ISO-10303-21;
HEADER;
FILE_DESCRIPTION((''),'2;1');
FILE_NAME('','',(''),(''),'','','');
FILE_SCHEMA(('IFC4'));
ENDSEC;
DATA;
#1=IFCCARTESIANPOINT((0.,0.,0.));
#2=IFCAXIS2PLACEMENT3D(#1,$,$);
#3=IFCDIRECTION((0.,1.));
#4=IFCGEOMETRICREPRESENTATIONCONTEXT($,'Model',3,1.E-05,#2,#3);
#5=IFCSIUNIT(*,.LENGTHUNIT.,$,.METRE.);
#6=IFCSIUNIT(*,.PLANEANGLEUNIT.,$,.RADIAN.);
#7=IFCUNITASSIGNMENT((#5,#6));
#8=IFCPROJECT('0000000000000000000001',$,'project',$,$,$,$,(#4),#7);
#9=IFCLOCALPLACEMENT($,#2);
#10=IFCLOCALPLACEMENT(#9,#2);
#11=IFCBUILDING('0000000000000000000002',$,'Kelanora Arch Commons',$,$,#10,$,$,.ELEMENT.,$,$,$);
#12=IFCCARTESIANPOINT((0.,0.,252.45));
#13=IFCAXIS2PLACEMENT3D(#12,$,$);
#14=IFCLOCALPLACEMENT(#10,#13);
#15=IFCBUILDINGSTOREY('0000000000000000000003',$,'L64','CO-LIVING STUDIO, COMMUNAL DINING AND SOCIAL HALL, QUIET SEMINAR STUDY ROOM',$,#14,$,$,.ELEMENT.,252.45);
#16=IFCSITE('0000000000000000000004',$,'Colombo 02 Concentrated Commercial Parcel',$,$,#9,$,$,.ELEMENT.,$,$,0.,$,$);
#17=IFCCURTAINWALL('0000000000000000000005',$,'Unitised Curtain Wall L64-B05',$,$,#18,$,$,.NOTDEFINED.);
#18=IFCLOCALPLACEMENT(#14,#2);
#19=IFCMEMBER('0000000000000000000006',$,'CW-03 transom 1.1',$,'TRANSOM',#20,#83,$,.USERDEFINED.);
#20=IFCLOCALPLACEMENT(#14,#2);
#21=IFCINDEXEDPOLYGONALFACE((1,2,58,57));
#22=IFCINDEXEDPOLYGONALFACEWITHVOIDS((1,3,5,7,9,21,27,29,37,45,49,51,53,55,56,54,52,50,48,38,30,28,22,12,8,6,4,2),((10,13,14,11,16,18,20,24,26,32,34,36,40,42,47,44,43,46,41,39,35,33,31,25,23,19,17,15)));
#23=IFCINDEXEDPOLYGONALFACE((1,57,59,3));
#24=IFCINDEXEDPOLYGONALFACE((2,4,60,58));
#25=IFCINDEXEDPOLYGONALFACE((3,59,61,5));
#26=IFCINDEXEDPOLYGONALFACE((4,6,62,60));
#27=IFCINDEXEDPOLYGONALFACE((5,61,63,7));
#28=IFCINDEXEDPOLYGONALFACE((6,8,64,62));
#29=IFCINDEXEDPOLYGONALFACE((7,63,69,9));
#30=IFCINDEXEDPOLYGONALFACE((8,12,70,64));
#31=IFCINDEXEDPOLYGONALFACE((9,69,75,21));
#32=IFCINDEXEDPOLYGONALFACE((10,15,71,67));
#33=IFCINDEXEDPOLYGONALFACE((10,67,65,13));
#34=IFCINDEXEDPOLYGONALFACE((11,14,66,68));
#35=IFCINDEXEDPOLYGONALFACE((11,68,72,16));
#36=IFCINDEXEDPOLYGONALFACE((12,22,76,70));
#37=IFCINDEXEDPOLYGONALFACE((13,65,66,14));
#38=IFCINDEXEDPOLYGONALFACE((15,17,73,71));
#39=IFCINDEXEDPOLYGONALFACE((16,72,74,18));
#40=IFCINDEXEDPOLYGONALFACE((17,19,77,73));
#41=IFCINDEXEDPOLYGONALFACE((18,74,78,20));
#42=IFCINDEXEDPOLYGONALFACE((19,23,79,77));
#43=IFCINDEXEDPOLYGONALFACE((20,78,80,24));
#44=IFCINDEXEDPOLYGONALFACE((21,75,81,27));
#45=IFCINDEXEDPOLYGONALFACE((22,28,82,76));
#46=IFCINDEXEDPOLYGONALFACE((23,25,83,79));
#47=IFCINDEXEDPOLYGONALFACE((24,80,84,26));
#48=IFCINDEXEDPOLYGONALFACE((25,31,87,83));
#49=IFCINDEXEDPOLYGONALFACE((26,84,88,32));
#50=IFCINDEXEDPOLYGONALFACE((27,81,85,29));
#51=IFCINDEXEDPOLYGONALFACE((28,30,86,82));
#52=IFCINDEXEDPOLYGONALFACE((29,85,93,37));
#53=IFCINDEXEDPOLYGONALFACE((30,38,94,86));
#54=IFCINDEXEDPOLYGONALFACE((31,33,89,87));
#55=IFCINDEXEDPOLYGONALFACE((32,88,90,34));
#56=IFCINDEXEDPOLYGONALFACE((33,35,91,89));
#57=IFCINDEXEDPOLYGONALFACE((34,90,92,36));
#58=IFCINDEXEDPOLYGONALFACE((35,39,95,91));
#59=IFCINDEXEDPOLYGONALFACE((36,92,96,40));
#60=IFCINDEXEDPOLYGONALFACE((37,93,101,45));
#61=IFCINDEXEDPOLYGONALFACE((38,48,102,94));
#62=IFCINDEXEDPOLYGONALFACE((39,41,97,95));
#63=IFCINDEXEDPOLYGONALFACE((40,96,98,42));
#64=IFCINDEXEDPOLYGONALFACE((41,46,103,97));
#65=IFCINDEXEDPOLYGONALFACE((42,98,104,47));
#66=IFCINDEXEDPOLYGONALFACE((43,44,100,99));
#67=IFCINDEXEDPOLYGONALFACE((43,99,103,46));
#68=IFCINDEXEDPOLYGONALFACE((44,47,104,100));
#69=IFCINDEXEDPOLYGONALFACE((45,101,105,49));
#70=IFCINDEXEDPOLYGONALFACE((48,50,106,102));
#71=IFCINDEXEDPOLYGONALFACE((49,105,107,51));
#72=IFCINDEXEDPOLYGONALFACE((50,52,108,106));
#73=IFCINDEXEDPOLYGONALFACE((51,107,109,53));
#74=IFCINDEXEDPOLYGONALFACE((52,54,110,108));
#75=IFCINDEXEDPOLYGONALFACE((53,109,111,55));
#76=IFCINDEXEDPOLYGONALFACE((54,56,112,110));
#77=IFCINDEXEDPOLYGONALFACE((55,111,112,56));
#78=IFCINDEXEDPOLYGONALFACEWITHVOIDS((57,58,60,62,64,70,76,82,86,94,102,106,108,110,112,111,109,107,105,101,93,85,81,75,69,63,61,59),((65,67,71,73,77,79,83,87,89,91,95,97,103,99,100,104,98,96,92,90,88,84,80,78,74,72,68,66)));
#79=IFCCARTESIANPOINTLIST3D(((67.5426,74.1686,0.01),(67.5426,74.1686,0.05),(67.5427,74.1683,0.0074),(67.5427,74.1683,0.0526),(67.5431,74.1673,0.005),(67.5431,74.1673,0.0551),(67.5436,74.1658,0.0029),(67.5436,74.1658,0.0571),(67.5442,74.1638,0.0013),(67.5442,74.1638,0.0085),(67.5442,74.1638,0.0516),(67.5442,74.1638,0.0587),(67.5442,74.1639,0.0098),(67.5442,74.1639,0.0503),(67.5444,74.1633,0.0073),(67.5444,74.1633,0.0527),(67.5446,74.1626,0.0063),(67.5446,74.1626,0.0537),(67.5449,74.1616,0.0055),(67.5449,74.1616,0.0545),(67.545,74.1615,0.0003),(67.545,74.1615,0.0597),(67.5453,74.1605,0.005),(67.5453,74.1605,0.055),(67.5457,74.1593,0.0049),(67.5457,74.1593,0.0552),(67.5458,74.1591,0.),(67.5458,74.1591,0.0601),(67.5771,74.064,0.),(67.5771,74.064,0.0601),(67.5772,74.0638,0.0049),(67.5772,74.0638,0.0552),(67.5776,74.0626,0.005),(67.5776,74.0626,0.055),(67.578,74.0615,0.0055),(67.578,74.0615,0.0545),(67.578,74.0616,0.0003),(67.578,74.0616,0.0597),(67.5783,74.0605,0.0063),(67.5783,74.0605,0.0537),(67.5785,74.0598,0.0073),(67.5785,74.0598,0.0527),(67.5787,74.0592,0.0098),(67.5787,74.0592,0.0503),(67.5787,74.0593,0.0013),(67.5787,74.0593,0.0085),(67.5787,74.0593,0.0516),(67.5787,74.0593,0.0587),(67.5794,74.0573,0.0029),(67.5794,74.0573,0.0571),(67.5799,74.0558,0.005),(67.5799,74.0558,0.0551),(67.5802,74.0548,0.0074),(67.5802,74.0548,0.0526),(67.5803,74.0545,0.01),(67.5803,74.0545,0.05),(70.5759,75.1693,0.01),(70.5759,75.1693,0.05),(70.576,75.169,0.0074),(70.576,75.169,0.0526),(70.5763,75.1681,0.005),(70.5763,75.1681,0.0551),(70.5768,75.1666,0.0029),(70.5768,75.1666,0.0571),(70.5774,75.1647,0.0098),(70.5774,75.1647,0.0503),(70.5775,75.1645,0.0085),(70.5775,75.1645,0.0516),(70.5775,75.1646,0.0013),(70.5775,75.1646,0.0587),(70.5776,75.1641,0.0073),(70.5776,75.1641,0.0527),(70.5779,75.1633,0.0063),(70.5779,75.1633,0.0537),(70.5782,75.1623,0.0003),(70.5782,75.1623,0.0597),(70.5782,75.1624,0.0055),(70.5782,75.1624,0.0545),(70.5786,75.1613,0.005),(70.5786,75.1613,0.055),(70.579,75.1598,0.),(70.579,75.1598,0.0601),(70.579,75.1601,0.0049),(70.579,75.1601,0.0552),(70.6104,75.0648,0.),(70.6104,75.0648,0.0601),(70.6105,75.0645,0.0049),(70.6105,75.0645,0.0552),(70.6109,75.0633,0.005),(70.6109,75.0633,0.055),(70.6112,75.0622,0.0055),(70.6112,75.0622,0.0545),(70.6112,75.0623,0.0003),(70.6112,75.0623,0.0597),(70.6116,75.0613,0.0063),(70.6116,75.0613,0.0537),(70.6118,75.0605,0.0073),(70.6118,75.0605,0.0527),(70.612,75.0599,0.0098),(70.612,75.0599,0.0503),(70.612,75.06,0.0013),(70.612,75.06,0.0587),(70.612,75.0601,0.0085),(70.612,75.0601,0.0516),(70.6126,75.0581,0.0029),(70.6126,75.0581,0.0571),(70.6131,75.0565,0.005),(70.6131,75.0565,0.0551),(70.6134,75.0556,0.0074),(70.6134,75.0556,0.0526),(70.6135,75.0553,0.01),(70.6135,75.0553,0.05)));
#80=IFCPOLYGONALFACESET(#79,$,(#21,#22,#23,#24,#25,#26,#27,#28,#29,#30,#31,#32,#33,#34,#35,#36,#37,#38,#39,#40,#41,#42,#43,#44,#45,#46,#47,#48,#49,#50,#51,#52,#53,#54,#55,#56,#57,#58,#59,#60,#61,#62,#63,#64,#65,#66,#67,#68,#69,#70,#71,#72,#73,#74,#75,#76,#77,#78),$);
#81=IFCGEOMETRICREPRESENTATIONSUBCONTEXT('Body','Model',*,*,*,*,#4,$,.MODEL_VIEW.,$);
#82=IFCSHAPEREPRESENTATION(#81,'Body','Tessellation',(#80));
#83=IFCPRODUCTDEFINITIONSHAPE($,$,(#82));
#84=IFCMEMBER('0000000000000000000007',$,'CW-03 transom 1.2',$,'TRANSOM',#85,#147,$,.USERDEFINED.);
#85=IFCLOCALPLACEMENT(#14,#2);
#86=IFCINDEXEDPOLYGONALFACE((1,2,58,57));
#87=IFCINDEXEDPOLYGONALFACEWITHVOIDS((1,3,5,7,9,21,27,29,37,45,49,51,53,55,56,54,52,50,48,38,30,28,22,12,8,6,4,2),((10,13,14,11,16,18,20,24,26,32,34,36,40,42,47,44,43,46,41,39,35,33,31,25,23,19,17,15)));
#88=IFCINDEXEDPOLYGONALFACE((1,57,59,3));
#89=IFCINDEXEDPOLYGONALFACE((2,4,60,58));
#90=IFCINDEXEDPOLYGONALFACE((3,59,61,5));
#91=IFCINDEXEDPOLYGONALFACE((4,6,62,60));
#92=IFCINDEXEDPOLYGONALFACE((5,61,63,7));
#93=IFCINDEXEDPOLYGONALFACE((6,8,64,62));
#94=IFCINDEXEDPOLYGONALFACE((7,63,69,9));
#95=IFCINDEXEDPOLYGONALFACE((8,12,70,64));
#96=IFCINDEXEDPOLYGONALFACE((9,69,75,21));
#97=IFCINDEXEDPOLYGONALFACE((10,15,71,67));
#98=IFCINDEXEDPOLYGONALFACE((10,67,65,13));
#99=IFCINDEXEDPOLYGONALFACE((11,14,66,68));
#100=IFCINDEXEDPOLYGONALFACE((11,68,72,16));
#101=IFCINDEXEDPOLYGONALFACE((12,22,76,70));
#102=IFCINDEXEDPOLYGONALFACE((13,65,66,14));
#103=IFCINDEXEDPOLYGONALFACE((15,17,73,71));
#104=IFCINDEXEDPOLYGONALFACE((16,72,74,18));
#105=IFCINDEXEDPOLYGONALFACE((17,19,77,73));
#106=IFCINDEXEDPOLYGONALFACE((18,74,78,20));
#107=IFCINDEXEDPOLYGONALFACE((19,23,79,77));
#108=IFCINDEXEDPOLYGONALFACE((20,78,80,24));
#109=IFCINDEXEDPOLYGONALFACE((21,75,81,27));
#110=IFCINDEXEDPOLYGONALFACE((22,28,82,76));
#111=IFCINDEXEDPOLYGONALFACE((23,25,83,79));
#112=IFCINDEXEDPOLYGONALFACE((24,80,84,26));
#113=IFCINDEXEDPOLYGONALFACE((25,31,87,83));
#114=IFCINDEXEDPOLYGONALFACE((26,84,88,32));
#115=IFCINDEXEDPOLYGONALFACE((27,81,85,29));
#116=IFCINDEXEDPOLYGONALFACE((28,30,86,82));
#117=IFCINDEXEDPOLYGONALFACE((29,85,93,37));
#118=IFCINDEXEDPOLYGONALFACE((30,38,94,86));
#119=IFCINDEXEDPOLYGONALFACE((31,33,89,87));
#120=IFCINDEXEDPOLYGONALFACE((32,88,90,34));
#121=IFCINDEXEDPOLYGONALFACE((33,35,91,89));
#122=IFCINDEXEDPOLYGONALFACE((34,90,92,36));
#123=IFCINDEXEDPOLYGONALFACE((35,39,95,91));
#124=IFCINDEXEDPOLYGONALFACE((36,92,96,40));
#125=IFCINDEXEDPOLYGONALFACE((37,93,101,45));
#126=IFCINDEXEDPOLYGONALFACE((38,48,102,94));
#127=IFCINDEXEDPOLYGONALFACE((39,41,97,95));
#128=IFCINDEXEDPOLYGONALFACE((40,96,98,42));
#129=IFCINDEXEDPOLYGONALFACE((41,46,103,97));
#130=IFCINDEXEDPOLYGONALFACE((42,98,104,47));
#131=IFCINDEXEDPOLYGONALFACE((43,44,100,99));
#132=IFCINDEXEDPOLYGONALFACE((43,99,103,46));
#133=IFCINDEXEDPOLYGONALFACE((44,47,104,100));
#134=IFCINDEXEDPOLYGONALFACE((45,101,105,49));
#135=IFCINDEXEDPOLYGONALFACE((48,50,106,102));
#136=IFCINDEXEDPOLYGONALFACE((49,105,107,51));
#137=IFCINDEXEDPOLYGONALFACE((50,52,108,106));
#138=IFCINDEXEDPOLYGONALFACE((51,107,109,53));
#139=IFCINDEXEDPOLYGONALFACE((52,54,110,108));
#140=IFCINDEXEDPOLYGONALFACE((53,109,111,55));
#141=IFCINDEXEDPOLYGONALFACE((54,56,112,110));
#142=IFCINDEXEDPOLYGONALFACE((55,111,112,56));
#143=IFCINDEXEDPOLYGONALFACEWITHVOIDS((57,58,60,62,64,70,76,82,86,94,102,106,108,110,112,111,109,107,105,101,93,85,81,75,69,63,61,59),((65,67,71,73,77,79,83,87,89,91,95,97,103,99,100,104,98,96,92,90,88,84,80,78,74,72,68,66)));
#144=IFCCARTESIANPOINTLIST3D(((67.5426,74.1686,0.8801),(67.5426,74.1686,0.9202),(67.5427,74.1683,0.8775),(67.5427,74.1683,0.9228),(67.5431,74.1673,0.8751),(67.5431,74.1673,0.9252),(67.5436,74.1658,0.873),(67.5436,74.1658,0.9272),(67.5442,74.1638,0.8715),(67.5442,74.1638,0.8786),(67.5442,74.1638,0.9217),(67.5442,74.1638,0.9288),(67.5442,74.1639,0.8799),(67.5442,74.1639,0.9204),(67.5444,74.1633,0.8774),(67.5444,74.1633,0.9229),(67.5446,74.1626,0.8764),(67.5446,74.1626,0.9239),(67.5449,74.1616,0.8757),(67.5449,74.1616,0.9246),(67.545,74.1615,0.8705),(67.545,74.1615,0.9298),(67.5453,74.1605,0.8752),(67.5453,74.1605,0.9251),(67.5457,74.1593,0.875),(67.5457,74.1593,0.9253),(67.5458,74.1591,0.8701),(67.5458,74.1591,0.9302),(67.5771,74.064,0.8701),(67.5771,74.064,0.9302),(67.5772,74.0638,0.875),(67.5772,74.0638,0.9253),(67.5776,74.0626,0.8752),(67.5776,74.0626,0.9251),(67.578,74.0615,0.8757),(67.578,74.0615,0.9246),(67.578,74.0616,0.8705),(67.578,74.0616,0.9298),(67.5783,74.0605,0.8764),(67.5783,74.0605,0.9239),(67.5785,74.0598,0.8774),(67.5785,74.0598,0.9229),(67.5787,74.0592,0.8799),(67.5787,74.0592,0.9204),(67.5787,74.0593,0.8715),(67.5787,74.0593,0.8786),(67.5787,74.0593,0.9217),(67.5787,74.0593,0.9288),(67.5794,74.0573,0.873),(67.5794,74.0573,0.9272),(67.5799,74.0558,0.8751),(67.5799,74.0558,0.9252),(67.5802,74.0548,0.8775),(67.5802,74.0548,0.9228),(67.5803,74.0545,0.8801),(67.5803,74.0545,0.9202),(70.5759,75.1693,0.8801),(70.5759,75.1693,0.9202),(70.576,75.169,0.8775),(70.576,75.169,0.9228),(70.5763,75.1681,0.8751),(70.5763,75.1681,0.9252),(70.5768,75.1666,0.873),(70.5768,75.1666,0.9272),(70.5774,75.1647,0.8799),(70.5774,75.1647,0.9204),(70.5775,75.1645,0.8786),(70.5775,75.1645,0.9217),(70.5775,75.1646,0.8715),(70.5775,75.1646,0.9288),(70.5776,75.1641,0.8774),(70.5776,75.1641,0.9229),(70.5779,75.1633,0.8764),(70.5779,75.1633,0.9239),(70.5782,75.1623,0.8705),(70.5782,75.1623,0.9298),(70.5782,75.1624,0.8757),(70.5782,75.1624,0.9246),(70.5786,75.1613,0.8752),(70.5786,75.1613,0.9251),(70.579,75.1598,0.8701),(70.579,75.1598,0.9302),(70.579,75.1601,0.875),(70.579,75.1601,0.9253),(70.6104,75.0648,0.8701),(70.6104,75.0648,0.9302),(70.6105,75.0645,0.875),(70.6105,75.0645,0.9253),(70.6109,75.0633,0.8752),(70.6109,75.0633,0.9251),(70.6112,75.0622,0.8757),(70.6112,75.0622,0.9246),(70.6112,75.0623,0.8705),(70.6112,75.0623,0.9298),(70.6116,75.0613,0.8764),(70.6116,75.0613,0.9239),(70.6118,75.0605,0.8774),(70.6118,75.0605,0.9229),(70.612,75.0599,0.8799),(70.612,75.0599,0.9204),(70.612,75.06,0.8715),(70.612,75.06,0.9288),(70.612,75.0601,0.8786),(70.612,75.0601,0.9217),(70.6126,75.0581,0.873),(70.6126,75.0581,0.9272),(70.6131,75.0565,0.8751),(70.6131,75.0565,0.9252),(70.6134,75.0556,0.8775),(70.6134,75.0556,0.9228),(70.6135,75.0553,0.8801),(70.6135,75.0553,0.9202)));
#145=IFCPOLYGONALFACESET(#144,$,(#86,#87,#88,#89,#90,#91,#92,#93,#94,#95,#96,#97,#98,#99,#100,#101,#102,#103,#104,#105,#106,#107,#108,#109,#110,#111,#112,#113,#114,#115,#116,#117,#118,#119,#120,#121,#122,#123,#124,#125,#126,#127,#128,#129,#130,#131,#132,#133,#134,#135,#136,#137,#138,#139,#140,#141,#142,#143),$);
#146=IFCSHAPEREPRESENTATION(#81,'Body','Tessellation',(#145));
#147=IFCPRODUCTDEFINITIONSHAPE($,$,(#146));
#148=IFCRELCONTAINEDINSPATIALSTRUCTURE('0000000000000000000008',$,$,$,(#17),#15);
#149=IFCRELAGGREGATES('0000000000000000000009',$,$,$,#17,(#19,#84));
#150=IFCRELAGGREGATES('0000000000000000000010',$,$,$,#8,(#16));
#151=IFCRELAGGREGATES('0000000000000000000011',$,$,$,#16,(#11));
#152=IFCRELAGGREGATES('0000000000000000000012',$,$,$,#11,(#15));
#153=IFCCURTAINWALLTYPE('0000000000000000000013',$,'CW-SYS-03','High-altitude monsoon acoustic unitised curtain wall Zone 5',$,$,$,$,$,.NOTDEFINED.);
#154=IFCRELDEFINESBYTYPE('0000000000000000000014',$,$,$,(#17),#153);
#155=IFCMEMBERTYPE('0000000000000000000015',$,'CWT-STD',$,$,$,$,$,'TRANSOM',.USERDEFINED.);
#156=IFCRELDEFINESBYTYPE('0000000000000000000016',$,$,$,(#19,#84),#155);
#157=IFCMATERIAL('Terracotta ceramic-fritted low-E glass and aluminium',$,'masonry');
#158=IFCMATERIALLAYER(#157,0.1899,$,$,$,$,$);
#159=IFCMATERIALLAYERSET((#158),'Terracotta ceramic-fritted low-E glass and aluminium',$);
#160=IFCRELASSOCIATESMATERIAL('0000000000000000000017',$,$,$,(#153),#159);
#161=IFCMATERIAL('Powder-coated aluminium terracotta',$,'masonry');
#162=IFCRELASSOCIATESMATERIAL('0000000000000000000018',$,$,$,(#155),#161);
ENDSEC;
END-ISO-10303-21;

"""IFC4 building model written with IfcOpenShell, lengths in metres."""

from ifc_helpers import new_model, si_unit, direction, frame, origin, origin_2d, place, context, subcontext, project, spatial, hollow_rectangle, extrude, material, layer, layer_set, material_profile, profile_set, type_object, element, aggregate, save


model = new_model("IFC4")

# Units and contexts
model_context = context("Model", 3, precision=1e-05, world=origin(), true_north=direction((0.0, 1.0)))
body_context = subcontext(model_context, "Body", "Model", "MODEL_VIEW")
ifc_project = project(units=[si_unit("LENGTHUNIT", "METRE"), si_unit("PLANEANGLEUNIT", "RADIAN")], contexts=[model_context])

# Site, building, storey
site_placement = place(None, origin())
site = spatial("IfcSite", under=ifc_project, at=site_placement, Name="Colombo 02 Concentrated Commercial Parcel", CompositionType="ELEMENT", RefElevation=0.0)
building_placement = place(site_placement, origin())
building = spatial("IfcBuilding", under=site, at=building_placement, Name="Kelanora Arch Commons", CompositionType="ELEMENT")
storey_placement = place(building_placement, frame((0.0, 0.0, 252.45)))
storey = spatial("IfcBuildingStorey", under=building, at=storey_placement, Name="L64", Description="CO-LIVING STUDIO, COMMUNAL DINING AND SOCIAL HALL, QUIET SEMINAR STUDY ROOM", CompositionType="ELEMENT", Elevation=252.45)

# Curtain wall, members
ifc_material_1 = material(Name="Terracotta ceramic-fritted low-E glass and aluminium", Category="masonry")
ifc_layer_1 = layer(ifc_material_1, 0.1899)
ifc_layer_set_1 = layer_set([ifc_layer_1], Name="Terracotta ceramic-fritted low-E glass and aluminium")
curtain_wall_type = type_object("IfcCurtainWallType", Name="CW-SYS-03", Description="High-altitude monsoon acoustic unitised curtain wall Zone 5", PredefinedType="NOTDEFINED", material=ifc_layer_set_1)
curtain_wall_placement = place(storey_placement, origin())
curtain_wall = element("IfcCurtainWall", 1, at=curtain_wall_placement, inside=storey, type_object=curtain_wall_type, Name="Unitised Curtain Wall L64-B05", PredefinedType="NOTDEFINED")
ifc_material_2 = material(Name="Powder-coated aluminium terracotta", Category="masonry")
ifc_material_profile_1 = material_profile(ifc_material_2, hollow_rectangle(XDim=0.1201, YDim=0.0601, WallThickness=0.0049, InnerFilletRadius=0.0049, OuterFilletRadius=0.01, at=origin_2d()), Name="CWT120x60")
ifc_profile_set_1 = profile_set([ifc_material_profile_1], Name="Powder-coated aluminium terracotta")
member_type_1 = type_object("IfcMemberType", Name="CWT-STD", ElementType="TRANSOM", PredefinedType="USERDEFINED", material=ifc_profile_set_1)
member_1_placement = place(storey_placement, frame((70.5947, 75.1123, 0.03), z_axis=(-0.94965, -0.313314, 0.0), x_axis=(0.313314, -0.94965, 0.0)))
member_1 = element("IfcMember", 2, at=member_1_placement, type_object=member_type_1, Name="CW-03 transom 1.1", ObjectType="TRANSOM", PredefinedType="USERDEFINED", context=body_context, shape_type="SweptSolid", body=[
    extrude(hollow_rectangle(XDim=0.1201, YDim=0.0601, WallThickness=0.0049, InnerFilletRadius=0.0049, OuterFilletRadius=0.01, at=origin_2d()), origin(), (0.0, 0.0, 1.0), 3.1941),
])
member_2_placement = place(storey_placement, frame((70.5947, 75.1123, 0.9001), z_axis=(-0.94965, -0.313314, 0.0), x_axis=(0.313314, -0.94965, 0.0)))
member_2 = element("IfcMember", 3, at=member_2_placement, type_object=member_type_1, Name="CW-03 transom 1.2", ObjectType="TRANSOM", PredefinedType="USERDEFINED", context=body_context, shape_type="SweptSolid", body=[
    extrude(hollow_rectangle(XDim=0.1201, YDim=0.0601, WallThickness=0.0049, InnerFilletRadius=0.0049, OuterFilletRadius=0.01, at=origin_2d()), origin(), (0.0, 0.0, 1.0), 3.1941),
])
aggregate(curtain_wall, [member_1, member_2])

save(model, "model.ifc")
